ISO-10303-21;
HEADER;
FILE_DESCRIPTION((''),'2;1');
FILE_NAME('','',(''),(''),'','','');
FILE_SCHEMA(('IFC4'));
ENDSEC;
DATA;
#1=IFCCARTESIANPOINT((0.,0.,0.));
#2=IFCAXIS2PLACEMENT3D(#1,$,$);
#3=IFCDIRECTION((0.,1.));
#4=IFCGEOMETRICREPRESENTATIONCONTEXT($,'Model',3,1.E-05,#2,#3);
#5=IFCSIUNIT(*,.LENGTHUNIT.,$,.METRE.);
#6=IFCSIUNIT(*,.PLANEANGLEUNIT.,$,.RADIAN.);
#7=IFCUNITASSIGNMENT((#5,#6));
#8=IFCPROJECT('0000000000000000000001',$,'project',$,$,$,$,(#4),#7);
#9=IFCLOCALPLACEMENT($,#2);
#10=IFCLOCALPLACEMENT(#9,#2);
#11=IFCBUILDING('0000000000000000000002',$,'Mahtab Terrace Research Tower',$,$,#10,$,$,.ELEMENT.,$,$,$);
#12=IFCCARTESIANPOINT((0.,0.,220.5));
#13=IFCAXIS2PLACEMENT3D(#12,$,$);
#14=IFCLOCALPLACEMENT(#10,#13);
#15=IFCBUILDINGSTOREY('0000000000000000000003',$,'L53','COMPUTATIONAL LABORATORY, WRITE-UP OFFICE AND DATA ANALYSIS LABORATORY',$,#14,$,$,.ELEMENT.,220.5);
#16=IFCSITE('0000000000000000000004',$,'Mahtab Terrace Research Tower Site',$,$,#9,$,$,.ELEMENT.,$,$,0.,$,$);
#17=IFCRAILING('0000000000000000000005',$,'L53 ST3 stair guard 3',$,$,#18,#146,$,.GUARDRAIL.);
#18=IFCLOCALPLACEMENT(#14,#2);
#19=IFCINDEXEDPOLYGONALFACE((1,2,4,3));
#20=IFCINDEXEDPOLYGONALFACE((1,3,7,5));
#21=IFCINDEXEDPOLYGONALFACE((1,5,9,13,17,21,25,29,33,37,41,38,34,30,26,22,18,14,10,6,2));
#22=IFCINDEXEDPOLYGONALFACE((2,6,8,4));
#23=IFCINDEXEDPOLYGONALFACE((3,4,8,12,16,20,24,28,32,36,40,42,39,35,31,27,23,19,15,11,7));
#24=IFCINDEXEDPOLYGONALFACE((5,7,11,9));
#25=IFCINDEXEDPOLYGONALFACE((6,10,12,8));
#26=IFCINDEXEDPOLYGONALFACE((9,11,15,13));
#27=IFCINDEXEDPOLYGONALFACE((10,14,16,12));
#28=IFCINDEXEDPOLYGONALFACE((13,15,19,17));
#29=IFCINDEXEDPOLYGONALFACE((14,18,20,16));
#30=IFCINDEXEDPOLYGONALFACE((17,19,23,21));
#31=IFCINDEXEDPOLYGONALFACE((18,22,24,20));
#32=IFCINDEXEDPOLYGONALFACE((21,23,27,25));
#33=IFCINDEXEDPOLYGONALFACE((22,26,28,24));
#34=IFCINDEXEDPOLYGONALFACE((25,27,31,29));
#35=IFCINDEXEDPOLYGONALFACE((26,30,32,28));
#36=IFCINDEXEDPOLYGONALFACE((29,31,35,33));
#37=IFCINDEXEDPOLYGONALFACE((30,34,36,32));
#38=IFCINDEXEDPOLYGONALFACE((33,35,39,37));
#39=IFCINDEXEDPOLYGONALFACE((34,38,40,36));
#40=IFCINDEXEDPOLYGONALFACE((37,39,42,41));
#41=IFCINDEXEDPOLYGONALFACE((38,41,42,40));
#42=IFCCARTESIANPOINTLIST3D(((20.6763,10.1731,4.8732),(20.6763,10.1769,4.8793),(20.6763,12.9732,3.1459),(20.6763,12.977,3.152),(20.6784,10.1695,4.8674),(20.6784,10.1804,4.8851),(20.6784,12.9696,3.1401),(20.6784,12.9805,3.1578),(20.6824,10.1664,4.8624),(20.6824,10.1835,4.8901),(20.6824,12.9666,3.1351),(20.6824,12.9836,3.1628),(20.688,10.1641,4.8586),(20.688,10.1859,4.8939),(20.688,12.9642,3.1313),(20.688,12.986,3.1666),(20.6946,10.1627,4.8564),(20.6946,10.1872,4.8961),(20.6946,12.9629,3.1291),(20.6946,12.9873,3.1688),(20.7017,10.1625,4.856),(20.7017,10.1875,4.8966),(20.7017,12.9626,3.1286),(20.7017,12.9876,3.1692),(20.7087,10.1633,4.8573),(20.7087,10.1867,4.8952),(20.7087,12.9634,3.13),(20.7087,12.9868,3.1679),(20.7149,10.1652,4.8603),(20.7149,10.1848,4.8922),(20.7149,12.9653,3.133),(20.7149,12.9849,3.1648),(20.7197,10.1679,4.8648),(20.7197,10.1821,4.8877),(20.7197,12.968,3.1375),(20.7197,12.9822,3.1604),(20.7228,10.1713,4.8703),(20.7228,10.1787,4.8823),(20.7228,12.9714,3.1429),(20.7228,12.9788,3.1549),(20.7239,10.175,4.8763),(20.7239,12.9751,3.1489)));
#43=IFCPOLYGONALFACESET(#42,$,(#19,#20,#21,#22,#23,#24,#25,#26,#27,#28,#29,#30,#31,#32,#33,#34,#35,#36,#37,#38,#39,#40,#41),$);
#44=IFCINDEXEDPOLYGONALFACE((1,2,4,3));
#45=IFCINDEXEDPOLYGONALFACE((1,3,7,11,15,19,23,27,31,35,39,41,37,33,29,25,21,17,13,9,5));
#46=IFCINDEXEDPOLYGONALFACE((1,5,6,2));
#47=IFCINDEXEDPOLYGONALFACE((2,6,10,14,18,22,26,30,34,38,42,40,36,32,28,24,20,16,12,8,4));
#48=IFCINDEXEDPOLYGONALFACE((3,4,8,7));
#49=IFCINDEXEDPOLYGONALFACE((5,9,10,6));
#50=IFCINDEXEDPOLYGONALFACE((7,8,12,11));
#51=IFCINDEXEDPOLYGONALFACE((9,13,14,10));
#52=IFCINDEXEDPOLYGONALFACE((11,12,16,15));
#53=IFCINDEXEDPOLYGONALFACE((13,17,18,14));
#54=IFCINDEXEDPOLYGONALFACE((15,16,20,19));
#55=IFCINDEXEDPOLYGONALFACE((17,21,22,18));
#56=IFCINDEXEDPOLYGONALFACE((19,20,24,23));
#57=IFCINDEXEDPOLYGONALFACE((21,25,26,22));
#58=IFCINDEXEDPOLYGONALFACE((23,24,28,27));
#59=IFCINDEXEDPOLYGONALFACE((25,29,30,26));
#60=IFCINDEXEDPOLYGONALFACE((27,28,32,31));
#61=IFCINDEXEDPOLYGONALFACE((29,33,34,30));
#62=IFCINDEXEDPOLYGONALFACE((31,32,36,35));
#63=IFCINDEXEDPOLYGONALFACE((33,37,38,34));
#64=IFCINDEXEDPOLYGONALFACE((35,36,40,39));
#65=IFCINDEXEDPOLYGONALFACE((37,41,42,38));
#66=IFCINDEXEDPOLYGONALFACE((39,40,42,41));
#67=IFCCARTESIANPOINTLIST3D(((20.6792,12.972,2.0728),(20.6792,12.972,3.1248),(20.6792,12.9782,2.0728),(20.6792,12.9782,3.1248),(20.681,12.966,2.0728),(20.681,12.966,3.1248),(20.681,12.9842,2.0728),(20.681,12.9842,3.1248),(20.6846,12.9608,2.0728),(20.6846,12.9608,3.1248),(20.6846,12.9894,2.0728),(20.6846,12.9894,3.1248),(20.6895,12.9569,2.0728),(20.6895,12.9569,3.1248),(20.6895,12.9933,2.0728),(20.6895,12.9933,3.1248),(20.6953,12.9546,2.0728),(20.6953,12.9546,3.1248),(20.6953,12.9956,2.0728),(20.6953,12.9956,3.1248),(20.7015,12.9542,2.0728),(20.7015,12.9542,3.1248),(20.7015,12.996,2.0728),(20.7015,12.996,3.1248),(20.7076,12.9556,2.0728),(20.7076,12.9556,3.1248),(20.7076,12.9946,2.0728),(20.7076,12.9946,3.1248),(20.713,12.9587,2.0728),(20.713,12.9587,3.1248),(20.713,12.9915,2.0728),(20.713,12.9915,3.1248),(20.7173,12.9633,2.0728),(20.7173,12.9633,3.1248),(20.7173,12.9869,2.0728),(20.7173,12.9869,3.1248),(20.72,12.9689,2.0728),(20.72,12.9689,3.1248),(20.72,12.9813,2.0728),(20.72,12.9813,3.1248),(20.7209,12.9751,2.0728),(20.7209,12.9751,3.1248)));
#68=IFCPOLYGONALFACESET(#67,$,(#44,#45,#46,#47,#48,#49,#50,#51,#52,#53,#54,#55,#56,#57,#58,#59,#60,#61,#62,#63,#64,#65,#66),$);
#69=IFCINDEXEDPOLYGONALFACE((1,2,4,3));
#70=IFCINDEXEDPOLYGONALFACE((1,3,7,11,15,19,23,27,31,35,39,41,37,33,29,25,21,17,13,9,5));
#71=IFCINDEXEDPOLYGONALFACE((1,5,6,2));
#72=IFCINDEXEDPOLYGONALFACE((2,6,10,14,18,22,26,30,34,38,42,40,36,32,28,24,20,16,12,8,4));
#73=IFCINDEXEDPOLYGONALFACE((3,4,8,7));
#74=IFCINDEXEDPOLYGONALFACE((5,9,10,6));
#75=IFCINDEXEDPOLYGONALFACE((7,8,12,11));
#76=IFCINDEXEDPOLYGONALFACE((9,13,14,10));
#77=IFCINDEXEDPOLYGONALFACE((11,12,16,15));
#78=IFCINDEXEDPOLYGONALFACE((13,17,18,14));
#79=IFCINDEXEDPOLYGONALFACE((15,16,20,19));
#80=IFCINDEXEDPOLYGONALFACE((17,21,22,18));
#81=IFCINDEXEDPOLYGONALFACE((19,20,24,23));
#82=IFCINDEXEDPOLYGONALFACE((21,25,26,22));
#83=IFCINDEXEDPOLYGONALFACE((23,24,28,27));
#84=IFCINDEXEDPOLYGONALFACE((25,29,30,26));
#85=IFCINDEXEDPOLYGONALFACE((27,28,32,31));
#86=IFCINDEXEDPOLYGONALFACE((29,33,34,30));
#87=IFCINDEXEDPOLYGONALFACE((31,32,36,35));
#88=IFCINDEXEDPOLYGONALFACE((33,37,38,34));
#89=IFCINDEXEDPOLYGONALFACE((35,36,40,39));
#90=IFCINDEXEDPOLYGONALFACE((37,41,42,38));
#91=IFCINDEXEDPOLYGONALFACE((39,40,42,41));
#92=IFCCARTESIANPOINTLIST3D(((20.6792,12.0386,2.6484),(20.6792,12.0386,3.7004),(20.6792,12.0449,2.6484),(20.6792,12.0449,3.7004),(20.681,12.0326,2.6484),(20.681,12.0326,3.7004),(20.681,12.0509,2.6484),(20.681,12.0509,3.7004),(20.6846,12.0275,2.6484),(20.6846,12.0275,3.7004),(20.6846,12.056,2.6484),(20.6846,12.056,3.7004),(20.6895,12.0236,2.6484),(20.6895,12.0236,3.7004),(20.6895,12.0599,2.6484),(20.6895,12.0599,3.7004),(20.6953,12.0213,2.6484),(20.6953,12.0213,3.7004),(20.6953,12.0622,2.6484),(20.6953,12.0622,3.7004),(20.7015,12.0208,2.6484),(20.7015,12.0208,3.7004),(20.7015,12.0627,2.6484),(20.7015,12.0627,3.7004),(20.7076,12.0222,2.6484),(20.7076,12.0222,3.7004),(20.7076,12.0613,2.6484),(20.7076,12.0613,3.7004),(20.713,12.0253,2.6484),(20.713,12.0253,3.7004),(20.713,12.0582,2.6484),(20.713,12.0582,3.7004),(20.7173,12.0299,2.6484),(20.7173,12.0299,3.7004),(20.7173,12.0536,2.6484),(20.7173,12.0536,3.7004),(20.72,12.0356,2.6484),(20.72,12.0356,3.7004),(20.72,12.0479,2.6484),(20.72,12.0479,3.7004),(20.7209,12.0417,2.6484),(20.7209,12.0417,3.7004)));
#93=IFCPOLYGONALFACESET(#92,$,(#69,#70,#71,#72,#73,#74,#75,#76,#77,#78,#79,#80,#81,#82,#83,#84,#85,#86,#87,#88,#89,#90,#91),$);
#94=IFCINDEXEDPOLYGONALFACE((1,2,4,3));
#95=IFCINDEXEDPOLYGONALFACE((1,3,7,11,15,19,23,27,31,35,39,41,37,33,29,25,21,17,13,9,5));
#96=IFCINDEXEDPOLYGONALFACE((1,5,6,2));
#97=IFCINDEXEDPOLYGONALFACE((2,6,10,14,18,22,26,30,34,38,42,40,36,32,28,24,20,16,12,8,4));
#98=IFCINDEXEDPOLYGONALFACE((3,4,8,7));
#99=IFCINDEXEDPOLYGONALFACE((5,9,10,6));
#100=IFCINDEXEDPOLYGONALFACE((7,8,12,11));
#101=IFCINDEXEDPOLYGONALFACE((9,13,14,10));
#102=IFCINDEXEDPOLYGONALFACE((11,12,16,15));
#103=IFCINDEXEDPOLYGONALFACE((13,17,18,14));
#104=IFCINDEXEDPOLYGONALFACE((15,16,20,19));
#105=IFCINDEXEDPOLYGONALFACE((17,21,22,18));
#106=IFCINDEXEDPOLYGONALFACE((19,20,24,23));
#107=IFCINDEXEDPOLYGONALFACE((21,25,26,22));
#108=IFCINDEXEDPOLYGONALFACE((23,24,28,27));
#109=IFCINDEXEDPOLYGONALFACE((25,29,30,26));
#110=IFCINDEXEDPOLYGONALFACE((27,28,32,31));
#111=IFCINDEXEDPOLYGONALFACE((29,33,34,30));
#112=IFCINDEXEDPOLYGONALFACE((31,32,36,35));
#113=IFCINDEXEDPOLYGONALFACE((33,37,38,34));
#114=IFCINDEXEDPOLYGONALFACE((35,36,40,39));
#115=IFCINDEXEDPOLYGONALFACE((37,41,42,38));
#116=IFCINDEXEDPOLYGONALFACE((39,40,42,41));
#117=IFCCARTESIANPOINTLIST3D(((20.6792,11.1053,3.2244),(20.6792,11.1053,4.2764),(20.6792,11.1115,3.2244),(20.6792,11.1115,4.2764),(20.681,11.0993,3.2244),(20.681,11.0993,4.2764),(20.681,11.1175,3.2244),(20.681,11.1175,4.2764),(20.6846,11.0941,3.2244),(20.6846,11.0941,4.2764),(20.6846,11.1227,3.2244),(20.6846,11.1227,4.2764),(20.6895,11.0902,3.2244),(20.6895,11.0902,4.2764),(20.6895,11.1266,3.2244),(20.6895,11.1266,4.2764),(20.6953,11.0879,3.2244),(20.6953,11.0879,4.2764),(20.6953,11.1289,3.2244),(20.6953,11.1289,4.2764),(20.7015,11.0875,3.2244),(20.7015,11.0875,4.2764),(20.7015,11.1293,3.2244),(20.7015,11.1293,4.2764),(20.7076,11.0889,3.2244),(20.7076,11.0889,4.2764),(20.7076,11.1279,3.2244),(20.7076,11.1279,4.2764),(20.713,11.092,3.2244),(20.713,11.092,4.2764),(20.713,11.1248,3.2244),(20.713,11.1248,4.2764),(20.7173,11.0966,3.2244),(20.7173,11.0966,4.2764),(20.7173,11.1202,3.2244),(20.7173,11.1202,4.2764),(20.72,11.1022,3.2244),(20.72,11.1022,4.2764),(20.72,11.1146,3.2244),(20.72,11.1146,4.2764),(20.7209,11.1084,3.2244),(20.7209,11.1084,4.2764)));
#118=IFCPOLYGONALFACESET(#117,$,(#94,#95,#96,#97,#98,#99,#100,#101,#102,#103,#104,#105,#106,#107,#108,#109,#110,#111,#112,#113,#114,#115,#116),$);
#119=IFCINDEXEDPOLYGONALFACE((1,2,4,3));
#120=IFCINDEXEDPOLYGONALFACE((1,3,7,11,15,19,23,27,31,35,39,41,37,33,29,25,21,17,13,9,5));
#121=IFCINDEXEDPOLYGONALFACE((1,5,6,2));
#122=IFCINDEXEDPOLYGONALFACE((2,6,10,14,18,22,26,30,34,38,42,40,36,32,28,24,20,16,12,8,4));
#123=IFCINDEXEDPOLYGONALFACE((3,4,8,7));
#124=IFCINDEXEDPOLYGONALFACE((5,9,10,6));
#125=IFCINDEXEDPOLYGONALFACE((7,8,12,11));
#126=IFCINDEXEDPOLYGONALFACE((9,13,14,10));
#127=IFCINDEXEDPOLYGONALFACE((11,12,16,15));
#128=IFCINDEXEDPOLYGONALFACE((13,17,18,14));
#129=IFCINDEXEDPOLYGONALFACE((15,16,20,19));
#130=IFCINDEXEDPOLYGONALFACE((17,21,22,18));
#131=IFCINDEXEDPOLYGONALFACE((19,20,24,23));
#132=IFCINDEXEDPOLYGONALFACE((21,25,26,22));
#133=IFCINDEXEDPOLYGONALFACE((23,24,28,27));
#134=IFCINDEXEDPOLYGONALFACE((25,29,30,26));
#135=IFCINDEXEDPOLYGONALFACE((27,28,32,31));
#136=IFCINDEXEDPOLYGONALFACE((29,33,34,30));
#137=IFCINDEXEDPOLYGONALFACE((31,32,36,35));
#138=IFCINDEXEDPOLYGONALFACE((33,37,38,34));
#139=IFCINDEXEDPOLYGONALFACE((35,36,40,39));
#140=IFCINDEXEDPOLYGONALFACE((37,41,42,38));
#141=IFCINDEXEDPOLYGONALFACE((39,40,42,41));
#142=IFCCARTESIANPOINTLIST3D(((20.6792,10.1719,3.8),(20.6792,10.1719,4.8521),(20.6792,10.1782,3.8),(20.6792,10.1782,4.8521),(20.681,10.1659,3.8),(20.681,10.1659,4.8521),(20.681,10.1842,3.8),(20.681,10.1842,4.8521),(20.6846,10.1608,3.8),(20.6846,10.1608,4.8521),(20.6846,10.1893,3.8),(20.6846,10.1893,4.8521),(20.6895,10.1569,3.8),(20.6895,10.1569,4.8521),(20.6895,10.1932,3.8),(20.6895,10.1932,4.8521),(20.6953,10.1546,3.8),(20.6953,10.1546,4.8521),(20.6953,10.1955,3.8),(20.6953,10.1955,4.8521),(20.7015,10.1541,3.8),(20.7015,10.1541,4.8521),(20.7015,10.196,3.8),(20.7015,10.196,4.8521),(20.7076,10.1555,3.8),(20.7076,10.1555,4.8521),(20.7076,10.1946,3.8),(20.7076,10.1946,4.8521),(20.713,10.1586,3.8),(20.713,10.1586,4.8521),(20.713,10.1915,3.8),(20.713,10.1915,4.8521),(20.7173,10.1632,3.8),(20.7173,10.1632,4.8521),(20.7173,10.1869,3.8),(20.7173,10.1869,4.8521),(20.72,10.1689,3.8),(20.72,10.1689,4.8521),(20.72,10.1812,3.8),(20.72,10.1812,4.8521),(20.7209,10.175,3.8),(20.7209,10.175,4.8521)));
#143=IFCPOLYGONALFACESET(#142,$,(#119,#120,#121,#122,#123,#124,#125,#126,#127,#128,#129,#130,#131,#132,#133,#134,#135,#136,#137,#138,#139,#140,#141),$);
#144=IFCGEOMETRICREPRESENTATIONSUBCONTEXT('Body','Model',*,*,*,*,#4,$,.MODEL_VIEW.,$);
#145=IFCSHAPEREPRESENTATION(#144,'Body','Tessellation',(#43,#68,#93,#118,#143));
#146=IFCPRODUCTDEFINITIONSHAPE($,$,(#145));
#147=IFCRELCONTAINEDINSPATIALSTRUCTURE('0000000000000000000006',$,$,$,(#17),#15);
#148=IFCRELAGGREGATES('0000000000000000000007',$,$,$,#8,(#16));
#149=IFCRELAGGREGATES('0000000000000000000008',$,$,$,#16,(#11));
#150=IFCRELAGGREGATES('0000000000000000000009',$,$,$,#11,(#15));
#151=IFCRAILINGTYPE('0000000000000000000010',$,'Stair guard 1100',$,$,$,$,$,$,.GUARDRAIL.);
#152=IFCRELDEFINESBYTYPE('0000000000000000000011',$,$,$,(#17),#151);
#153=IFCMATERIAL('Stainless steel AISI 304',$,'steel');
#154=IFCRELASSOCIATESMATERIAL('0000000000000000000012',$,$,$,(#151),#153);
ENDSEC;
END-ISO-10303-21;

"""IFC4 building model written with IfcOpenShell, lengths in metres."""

from ifc_helpers import new_model, si_unit, direction, frame, origin, origin_2d, place, context, subcontext, project, spatial, circle, extrude, material, type_object, element, save


model = new_model("IFC4")

# Units and contexts
model_context = context("Model", 3, precision=1e-05, world=origin(), true_north=direction((0.0, 1.0)))
body_context = subcontext(model_context, "Body", "Model", "MODEL_VIEW")
ifc_project = project(units=[si_unit("LENGTHUNIT", "METRE"), si_unit("PLANEANGLEUNIT", "RADIAN")], contexts=[model_context])

# Site, building, storey
site_placement = place(None, origin())
site = spatial("IfcSite", under=ifc_project, at=site_placement, Name="Mahtab Terrace Research Tower Site", CompositionType="ELEMENT", RefElevation=0.0)
building_placement = place(site_placement, origin())
building = spatial("IfcBuilding", under=site, at=building_placement, Name="Mahtab Terrace Research Tower", CompositionType="ELEMENT")
storey_placement = place(building_placement, frame((0.0, 0.0, 220.5)))
storey = spatial("IfcBuildingStorey", under=building, at=storey_placement, Name="L53", Description="COMPUTATIONAL LABORATORY, WRITE-UP OFFICE AND DATA ANALYSIS LABORATORY", CompositionType="ELEMENT", Elevation=220.5)

# Railing
ifc_material_1 = material(Name="Stainless steel AISI 304", Category="steel")
railing_type_1 = type_object("IfcRailingType", Name="Stair guard 1100", PredefinedType="GUARDRAIL", material=ifc_material_1)
railing_1_placement = place(storey_placement, frame((20.7, 12.9751, 2.0728)))
element("IfcRailing", 1, at=railing_1_placement, inside=storey, type_object=railing_type_1, Name="L53 ST3 stair guard 3", PredefinedType="GUARDRAIL", context=body_context, shape_type="SweptSolid", body=[
    extrude(circle(Radius=0.0239, at=origin_2d()), frame((0.0, 0.0, 1.0762), z_axis=(0.0, -0.85109, 0.52502), x_axis=(1.0, 0.0, 0.0)), (0.0, 0.0, 1.0), 3.29),
    extrude(circle(Radius=0.021, at=origin_2d()), origin(), (0.0, 0.0, 1.0), 1.052),
    extrude(circle(Radius=0.021, at=origin_2d()), frame((0.0, -0.9333, 0.5757)), (0.0, 0.0, 1.0), 1.052),
    extrude(circle(Radius=0.021, at=origin_2d()), frame((0.0, -1.8667, 1.1516)), (0.0, 0.0, 1.0), 1.052),
    extrude(circle(Radius=0.021, at=origin_2d()), frame((0.0, -2.8, 1.7273)), (0.0, 0.0, 1.0), 1.052),
])

save(model, "model.ifc")
